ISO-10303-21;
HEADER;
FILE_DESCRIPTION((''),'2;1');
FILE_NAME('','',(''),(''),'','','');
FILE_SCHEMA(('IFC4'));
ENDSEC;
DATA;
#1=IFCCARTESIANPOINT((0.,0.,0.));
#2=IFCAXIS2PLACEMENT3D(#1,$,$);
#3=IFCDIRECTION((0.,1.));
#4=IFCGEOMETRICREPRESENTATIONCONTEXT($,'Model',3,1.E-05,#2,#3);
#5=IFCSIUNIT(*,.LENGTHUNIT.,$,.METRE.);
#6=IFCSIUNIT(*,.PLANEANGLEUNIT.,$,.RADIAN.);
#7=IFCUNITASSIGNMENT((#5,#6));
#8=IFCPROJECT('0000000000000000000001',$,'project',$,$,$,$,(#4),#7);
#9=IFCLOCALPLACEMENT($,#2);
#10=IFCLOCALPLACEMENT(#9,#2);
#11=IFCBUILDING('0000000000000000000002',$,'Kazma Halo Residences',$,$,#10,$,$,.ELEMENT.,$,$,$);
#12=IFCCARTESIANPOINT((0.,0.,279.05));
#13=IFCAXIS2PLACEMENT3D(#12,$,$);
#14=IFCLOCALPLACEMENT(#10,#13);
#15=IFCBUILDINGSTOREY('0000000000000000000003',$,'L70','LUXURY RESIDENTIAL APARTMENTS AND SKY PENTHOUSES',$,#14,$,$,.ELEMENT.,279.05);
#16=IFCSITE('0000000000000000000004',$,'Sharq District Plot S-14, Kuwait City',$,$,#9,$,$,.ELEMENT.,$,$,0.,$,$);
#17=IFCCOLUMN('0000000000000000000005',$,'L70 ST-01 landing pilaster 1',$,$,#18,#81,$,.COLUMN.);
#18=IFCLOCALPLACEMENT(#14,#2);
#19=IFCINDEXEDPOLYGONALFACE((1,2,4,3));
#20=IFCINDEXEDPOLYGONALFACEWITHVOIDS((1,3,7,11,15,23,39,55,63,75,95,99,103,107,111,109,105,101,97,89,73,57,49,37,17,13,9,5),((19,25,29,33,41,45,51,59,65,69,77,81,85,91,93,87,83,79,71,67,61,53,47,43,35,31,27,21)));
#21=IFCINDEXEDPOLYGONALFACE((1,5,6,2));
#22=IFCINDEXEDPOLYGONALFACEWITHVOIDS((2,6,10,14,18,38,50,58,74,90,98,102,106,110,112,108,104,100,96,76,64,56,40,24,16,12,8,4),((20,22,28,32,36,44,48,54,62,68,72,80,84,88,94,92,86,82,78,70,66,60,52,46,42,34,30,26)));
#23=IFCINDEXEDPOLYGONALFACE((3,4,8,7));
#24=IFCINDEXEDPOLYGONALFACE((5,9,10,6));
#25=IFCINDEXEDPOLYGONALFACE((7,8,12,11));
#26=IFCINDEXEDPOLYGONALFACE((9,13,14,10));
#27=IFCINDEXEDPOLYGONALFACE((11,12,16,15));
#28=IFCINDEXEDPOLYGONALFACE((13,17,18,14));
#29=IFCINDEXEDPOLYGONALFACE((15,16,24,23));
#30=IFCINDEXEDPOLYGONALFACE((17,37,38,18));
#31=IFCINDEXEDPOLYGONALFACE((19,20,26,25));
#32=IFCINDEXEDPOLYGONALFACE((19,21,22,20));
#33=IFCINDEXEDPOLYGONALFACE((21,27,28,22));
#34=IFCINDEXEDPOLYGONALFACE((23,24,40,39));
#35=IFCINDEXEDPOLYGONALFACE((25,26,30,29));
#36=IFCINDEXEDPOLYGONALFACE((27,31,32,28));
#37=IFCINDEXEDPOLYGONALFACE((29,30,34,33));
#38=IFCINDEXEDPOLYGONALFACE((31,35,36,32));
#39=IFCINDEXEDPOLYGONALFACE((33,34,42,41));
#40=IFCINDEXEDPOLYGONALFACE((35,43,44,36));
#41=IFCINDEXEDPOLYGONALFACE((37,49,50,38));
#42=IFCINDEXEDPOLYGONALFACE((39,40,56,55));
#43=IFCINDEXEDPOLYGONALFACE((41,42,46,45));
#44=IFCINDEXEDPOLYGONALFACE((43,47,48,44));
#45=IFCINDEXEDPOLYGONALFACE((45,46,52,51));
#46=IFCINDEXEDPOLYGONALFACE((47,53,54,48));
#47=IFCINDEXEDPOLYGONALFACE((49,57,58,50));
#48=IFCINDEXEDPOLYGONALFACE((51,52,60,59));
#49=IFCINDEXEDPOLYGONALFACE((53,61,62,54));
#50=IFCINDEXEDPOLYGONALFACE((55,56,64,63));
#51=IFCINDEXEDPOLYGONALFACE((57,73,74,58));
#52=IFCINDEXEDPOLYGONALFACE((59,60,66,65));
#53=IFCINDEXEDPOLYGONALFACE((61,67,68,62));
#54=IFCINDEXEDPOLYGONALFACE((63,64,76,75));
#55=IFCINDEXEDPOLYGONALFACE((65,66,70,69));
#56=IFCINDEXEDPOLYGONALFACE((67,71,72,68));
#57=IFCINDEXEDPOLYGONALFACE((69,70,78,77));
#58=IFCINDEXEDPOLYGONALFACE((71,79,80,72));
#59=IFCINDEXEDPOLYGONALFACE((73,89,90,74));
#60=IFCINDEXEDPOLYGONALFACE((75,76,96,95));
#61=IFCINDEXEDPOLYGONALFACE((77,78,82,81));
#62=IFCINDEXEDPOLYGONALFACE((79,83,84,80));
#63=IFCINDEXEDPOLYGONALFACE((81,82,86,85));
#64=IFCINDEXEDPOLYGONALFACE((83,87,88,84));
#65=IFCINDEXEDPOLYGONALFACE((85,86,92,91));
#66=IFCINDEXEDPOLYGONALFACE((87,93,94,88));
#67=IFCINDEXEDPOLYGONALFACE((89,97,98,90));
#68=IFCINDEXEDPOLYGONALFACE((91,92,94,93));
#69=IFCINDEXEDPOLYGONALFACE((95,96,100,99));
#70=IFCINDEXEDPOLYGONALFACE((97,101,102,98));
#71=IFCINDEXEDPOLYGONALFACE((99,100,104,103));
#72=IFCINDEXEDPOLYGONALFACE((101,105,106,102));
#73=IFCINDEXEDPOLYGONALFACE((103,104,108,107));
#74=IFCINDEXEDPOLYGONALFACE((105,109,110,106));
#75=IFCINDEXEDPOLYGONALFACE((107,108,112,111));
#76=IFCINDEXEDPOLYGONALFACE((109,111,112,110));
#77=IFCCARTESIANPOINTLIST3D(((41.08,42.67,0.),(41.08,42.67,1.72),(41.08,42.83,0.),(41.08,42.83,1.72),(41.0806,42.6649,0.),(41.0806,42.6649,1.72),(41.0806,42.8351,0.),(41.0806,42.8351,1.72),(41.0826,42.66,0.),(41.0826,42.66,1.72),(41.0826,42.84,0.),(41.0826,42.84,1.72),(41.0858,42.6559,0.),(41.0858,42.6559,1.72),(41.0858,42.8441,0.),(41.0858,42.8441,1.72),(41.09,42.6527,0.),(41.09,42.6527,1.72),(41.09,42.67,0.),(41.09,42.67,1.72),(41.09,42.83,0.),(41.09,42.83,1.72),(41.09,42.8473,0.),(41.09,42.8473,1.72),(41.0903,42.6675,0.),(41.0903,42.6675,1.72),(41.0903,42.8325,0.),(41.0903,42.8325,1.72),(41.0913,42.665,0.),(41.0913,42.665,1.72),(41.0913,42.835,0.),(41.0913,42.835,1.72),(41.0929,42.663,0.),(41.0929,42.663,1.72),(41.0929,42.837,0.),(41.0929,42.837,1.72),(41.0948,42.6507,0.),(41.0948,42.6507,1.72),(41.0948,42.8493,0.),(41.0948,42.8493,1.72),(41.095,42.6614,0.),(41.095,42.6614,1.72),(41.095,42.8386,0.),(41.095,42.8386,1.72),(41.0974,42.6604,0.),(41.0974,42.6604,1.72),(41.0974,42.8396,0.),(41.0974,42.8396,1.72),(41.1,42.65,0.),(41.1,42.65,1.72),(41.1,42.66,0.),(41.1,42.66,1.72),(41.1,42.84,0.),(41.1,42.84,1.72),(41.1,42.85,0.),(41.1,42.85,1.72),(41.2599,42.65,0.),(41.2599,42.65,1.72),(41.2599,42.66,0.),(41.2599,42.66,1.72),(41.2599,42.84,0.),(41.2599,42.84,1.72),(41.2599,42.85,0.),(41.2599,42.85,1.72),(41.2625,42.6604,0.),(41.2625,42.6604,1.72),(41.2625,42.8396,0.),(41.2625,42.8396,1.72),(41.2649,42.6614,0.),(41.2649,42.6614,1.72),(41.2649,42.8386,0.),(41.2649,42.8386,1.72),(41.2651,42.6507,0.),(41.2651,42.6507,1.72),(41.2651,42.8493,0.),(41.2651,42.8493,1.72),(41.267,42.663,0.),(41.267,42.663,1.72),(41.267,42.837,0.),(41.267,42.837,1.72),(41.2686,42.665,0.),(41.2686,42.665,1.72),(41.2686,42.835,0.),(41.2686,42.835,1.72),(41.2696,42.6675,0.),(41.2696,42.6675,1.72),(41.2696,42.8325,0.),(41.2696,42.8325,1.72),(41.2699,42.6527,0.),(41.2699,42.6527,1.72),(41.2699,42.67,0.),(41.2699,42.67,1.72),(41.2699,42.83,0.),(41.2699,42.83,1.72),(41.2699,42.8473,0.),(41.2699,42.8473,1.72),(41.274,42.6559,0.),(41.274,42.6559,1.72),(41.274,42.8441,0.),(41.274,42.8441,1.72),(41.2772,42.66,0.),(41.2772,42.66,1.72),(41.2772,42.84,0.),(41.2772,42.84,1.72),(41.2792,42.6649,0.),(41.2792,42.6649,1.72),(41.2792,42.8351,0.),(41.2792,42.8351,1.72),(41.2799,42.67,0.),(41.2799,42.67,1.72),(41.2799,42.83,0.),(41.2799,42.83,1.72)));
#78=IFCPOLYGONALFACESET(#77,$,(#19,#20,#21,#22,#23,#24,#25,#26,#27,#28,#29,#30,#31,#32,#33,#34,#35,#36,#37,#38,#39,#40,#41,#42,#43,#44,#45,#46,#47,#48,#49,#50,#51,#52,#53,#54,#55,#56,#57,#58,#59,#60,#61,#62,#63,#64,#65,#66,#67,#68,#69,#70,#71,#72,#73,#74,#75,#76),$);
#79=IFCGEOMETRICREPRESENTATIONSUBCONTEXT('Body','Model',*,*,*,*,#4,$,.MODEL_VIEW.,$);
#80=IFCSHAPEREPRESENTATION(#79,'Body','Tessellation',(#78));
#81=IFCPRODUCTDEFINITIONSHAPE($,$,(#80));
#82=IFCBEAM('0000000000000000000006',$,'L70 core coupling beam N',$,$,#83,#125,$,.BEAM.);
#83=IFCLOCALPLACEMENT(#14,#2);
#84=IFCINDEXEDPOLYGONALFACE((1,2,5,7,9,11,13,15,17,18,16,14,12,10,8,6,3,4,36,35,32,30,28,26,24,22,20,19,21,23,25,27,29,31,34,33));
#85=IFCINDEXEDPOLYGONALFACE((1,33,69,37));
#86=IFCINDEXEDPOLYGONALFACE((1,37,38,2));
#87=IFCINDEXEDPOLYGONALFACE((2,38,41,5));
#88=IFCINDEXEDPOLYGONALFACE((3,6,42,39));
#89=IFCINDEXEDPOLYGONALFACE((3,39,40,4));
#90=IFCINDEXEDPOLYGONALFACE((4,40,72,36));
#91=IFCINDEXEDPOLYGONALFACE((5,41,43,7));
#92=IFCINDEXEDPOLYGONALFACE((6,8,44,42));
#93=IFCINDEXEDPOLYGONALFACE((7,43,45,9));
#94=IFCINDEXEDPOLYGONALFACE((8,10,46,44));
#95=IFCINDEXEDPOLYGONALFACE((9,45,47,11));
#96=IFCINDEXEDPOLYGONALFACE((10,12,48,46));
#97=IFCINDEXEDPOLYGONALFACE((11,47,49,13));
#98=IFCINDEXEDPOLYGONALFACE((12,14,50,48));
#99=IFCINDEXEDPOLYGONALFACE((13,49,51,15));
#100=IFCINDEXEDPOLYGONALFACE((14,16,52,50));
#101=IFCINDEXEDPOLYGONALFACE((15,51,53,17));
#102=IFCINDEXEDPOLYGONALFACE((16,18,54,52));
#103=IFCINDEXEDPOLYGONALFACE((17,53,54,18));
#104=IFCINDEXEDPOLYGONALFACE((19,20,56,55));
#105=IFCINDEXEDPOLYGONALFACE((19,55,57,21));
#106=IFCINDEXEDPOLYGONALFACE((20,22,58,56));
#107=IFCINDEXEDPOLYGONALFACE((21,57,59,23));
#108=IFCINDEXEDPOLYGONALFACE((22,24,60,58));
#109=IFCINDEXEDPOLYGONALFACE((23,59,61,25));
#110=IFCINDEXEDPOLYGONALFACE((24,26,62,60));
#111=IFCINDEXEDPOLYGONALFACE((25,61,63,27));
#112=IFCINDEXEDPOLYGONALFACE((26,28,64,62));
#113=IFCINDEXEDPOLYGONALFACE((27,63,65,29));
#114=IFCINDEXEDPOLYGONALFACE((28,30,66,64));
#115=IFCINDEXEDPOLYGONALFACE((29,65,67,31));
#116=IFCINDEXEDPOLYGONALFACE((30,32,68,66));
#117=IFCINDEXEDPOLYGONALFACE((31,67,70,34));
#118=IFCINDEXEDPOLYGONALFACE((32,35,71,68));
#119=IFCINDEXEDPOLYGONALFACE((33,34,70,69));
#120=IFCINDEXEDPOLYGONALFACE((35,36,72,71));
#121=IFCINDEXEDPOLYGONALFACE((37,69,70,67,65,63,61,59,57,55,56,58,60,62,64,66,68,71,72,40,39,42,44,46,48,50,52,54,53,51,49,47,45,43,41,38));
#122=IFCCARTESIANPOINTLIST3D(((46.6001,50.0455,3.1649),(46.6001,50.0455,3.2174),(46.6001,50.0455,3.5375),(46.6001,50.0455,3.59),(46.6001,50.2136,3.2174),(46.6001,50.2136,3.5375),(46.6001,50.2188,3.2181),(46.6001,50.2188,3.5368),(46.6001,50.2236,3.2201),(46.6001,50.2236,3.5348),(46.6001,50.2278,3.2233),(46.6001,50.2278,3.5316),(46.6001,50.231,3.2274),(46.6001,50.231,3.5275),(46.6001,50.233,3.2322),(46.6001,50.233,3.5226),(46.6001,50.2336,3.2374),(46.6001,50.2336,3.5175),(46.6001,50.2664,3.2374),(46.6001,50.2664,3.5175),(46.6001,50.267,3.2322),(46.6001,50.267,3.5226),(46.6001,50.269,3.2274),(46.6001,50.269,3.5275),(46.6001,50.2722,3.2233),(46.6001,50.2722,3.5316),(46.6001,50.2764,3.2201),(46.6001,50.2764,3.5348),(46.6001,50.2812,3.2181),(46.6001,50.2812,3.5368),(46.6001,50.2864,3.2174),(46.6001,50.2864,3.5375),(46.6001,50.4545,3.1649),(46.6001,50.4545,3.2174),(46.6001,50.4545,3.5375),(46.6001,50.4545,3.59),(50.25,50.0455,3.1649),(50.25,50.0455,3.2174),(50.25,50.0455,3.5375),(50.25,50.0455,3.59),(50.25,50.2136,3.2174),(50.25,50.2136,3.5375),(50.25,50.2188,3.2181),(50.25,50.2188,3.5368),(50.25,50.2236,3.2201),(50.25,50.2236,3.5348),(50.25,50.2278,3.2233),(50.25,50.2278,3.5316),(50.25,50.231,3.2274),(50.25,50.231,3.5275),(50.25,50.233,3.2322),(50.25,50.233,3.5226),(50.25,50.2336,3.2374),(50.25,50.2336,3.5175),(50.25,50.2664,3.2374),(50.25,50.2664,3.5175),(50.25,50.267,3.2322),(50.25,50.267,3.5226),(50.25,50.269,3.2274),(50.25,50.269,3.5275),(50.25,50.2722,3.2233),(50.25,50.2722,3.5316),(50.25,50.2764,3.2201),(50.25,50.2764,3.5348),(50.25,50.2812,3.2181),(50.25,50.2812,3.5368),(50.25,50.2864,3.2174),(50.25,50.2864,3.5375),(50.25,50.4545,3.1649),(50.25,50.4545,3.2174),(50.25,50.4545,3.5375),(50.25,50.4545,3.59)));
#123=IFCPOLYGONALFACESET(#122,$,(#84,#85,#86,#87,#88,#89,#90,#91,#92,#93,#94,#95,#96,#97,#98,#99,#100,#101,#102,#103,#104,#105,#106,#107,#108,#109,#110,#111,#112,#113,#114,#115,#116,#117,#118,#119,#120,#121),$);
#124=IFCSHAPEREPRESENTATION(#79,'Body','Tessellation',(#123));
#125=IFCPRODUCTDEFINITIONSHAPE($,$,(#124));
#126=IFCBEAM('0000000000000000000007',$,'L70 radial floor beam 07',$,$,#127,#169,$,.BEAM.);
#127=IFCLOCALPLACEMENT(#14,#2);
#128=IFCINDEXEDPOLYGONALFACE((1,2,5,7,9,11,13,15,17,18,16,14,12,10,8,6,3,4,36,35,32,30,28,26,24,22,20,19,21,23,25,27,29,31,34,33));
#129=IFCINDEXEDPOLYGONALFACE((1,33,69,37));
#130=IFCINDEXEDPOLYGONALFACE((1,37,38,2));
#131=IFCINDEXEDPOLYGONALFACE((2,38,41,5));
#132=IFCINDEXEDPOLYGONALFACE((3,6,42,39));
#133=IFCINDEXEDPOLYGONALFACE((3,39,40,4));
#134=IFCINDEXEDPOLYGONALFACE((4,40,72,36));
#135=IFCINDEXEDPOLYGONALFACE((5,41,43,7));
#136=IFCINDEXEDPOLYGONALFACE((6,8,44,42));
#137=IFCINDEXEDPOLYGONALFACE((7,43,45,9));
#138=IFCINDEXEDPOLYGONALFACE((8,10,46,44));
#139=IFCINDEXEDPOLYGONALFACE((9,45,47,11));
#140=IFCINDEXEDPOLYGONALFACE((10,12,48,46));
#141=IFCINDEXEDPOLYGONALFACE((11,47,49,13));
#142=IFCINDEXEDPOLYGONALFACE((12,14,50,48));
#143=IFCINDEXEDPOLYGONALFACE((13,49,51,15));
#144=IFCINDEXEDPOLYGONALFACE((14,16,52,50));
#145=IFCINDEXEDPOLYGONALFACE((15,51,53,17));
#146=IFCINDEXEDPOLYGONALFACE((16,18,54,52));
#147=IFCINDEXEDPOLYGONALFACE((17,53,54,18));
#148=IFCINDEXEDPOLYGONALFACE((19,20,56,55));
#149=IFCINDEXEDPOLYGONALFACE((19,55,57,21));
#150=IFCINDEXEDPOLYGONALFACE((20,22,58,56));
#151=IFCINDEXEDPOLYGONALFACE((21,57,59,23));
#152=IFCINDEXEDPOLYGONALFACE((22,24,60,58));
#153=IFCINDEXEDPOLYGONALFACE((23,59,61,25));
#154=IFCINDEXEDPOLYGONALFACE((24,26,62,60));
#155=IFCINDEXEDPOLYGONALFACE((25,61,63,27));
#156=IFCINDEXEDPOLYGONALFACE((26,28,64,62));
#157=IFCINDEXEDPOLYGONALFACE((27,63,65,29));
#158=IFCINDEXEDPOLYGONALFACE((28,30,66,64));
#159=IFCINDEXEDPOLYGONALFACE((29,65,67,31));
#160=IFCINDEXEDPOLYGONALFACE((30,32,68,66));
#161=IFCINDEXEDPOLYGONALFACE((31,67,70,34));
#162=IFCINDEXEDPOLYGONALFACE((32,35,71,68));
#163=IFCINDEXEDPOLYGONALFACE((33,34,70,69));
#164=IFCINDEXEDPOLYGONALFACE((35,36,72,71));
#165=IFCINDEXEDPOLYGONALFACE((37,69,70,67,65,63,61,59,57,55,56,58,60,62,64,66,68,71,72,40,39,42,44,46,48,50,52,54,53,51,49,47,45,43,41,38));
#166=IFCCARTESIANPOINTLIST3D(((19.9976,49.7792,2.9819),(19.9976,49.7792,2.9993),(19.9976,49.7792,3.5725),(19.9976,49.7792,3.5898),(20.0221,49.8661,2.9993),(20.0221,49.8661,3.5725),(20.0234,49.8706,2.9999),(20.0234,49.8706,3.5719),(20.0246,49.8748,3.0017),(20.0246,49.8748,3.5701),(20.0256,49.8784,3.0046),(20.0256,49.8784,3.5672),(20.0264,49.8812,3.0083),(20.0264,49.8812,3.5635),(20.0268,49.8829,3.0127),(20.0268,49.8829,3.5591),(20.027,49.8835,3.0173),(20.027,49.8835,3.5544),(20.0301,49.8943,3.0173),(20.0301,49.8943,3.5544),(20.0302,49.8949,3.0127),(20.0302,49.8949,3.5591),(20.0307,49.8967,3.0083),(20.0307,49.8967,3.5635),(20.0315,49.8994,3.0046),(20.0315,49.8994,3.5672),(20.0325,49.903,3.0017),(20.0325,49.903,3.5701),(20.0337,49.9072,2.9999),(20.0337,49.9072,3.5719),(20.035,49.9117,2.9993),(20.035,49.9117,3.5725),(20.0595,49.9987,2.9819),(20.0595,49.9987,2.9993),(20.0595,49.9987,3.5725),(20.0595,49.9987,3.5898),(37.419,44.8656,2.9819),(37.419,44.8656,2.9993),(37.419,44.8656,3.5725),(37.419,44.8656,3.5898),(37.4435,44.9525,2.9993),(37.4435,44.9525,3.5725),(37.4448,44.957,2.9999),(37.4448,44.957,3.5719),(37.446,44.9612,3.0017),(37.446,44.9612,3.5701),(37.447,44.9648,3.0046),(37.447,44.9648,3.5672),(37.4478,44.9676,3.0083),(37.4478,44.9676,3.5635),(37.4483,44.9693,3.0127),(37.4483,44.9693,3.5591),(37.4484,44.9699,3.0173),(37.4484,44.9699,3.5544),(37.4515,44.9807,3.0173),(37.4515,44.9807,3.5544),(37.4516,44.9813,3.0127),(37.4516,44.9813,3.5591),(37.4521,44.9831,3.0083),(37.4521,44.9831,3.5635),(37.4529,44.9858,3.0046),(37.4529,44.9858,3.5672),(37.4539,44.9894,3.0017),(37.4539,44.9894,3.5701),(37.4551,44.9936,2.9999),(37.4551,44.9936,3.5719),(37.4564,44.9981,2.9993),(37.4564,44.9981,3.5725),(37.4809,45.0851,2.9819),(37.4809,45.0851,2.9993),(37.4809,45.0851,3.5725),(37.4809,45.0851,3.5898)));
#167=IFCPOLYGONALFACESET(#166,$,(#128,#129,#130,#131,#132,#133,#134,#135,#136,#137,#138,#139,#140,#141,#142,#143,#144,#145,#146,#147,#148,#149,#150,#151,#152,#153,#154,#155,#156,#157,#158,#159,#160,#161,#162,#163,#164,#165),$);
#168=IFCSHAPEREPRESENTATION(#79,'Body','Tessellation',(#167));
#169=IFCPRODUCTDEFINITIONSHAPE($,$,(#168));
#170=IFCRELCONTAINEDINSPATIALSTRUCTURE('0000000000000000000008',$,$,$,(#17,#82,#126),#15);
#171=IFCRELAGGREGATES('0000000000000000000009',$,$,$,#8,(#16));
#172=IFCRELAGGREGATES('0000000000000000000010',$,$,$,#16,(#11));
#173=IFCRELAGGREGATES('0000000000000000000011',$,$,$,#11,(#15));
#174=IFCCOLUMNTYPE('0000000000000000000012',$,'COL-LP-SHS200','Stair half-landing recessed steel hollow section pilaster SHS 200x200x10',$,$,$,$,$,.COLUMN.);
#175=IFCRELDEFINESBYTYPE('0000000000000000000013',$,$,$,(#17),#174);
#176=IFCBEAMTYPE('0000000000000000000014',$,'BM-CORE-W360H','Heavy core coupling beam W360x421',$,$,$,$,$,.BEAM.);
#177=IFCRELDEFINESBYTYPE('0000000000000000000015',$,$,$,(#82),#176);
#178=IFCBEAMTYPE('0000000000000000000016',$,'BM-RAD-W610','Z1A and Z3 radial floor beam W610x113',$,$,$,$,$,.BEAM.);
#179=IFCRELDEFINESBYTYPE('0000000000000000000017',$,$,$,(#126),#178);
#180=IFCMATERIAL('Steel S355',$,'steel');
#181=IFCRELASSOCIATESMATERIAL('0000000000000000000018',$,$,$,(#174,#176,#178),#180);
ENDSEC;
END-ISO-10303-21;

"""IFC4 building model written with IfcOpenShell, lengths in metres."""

from ifc_helpers import new_model, si_unit, direction, frame, origin, origin_2d, place, context, subcontext, project, spatial, hollow_rectangle, i_section, extrude, material, material_profile, profile_set, type_object, element, save


model = new_model("IFC4")

# Units and contexts
model_context = context("Model", 3, precision=1e-05, world=origin(), true_north=direction((0.0, 1.0)))
body_context = subcontext(model_context, "Body", "Model", "MODEL_VIEW")
ifc_project = project(units=[si_unit("LENGTHUNIT", "METRE"), si_unit("PLANEANGLEUNIT", "RADIAN")], contexts=[model_context])

# Site, building, storey
site_placement = place(None, origin())
site = spatial("IfcSite", under=ifc_project, at=site_placement, Name="Sharq District Plot S-14, Kuwait City", CompositionType="ELEMENT", RefElevation=0.0)
building_placement = place(site_placement, origin())
building = spatial("IfcBuilding", under=site, at=building_placement, Name="Kazma Halo Residences", CompositionType="ELEMENT")
storey_placement = place(building_placement, frame((0.0, 0.0, 279.05)))
storey = spatial("IfcBuildingStorey", under=building, at=storey_placement, Name="L70", Description="LUXURY RESIDENTIAL APARTMENTS AND SKY PENTHOUSES", CompositionType="ELEMENT", Elevation=279.05)

# Column
ifc_material_1 = material(Name="Steel S355", Category="steel")
ifc_material_profile_1 = material_profile(ifc_material_1, hollow_rectangle(XDim=0.2, YDim=0.2, WallThickness=0.01, InnerFilletRadius=0.01, OuterFilletRadius=0.02, at=origin_2d()), Name="SHS200x200x10")
ifc_profile_set_1 = profile_set([ifc_material_profile_1], Name="Steel S355")
column_type = type_object("IfcColumnType", Name="COL-LP-SHS200", Description="Stair half-landing recessed steel hollow section pilaster SHS 200x200x10", PredefinedType="COLUMN", material=ifc_profile_set_1)
column_placement = place(storey_placement, frame((41.1799, 42.75, 0.0), z_axis=(0.0, 0.0, 1.0), x_axis=(1.0, 0.0, 0.0)))
element("IfcColumn", 1, at=column_placement, inside=storey, type_object=column_type, Name="L70 ST-01 landing pilaster 1", PredefinedType="COLUMN", context=body_context, shape_type="SweptSolid", body=[
    extrude(hollow_rectangle(XDim=0.2, YDim=0.2, WallThickness=0.01, InnerFilletRadius=0.01, OuterFilletRadius=0.02, at=origin_2d()), origin(), (0.0, 0.0, 1.0), 1.72),
])

# Beams
ifc_material_profile_2 = material_profile(ifc_material_1, i_section(OverallWidth=0.4089, OverallDepth=0.425, WebThickness=0.0327, FlangeThickness=0.0525, FilletRadius=0.02, at=origin_2d()), Name="W360x421")
ifc_profile_set_2 = profile_set([ifc_material_profile_2], Name="Steel S355")
beam_type_1 = type_object("IfcBeamType", Name="BM-CORE-W360H", Description="Heavy core coupling beam W360x421", PredefinedType="BEAM", material=ifc_profile_set_2)
beam_1_placement = place(storey_placement, frame((46.6001, 50.25, 3.3774), z_axis=(1.0, 0.0, 0.0), x_axis=(0.0, 1.0, 0.0)))
element("IfcBeam", 2, at=beam_1_placement, inside=storey, type_object=beam_type_1, Name="L70 core coupling beam N", PredefinedType="BEAM", context=body_context, shape_type="SweptSolid", body=[
    extrude(i_section(OverallWidth=0.4089, OverallDepth=0.425, WebThickness=0.0327, FlangeThickness=0.0525, FilletRadius=0.02, at=origin_2d()), origin(), (0.0, 0.0, 1.0), 3.6499),
])
ifc_material_profile_3 = material_profile(ifc_material_1, i_section(OverallWidth=0.228, OverallDepth=0.6079, WebThickness=0.0112, FlangeThickness=0.0173, FilletRadius=0.0181, at=origin_2d()), Name="W610x113")
ifc_profile_set_3 = profile_set([ifc_material_profile_3], Name="Steel S355")
beam_type_2 = type_object("IfcBeamType", Name="BM-RAD-W610", Description="Z1A and Z3 radial floor beam W610x113", PredefinedType="BEAM", material=ifc_profile_set_3)
beam_2_placement = place(storey_placement, frame((37.45, 44.9753, 3.2859), z_axis=(-0.962452, 0.271452, 0.0), x_axis=(-0.271452, -0.962452, 0.0)))
element("IfcBeam", 3, at=beam_2_placement, inside=storey, type_object=beam_type_2, Name="L70 radial floor beam 07", PredefinedType="BEAM", context=body_context, shape_type="SweptSolid", body=[
    extrude(i_section(OverallWidth=0.228, OverallDepth=0.6079, WebThickness=0.0112, FlangeThickness=0.0173, FilletRadius=0.0181, at=origin_2d()), origin(), (0.0, 0.0, 1.0), 18.1011),
])

save(model, "model.ifc")
